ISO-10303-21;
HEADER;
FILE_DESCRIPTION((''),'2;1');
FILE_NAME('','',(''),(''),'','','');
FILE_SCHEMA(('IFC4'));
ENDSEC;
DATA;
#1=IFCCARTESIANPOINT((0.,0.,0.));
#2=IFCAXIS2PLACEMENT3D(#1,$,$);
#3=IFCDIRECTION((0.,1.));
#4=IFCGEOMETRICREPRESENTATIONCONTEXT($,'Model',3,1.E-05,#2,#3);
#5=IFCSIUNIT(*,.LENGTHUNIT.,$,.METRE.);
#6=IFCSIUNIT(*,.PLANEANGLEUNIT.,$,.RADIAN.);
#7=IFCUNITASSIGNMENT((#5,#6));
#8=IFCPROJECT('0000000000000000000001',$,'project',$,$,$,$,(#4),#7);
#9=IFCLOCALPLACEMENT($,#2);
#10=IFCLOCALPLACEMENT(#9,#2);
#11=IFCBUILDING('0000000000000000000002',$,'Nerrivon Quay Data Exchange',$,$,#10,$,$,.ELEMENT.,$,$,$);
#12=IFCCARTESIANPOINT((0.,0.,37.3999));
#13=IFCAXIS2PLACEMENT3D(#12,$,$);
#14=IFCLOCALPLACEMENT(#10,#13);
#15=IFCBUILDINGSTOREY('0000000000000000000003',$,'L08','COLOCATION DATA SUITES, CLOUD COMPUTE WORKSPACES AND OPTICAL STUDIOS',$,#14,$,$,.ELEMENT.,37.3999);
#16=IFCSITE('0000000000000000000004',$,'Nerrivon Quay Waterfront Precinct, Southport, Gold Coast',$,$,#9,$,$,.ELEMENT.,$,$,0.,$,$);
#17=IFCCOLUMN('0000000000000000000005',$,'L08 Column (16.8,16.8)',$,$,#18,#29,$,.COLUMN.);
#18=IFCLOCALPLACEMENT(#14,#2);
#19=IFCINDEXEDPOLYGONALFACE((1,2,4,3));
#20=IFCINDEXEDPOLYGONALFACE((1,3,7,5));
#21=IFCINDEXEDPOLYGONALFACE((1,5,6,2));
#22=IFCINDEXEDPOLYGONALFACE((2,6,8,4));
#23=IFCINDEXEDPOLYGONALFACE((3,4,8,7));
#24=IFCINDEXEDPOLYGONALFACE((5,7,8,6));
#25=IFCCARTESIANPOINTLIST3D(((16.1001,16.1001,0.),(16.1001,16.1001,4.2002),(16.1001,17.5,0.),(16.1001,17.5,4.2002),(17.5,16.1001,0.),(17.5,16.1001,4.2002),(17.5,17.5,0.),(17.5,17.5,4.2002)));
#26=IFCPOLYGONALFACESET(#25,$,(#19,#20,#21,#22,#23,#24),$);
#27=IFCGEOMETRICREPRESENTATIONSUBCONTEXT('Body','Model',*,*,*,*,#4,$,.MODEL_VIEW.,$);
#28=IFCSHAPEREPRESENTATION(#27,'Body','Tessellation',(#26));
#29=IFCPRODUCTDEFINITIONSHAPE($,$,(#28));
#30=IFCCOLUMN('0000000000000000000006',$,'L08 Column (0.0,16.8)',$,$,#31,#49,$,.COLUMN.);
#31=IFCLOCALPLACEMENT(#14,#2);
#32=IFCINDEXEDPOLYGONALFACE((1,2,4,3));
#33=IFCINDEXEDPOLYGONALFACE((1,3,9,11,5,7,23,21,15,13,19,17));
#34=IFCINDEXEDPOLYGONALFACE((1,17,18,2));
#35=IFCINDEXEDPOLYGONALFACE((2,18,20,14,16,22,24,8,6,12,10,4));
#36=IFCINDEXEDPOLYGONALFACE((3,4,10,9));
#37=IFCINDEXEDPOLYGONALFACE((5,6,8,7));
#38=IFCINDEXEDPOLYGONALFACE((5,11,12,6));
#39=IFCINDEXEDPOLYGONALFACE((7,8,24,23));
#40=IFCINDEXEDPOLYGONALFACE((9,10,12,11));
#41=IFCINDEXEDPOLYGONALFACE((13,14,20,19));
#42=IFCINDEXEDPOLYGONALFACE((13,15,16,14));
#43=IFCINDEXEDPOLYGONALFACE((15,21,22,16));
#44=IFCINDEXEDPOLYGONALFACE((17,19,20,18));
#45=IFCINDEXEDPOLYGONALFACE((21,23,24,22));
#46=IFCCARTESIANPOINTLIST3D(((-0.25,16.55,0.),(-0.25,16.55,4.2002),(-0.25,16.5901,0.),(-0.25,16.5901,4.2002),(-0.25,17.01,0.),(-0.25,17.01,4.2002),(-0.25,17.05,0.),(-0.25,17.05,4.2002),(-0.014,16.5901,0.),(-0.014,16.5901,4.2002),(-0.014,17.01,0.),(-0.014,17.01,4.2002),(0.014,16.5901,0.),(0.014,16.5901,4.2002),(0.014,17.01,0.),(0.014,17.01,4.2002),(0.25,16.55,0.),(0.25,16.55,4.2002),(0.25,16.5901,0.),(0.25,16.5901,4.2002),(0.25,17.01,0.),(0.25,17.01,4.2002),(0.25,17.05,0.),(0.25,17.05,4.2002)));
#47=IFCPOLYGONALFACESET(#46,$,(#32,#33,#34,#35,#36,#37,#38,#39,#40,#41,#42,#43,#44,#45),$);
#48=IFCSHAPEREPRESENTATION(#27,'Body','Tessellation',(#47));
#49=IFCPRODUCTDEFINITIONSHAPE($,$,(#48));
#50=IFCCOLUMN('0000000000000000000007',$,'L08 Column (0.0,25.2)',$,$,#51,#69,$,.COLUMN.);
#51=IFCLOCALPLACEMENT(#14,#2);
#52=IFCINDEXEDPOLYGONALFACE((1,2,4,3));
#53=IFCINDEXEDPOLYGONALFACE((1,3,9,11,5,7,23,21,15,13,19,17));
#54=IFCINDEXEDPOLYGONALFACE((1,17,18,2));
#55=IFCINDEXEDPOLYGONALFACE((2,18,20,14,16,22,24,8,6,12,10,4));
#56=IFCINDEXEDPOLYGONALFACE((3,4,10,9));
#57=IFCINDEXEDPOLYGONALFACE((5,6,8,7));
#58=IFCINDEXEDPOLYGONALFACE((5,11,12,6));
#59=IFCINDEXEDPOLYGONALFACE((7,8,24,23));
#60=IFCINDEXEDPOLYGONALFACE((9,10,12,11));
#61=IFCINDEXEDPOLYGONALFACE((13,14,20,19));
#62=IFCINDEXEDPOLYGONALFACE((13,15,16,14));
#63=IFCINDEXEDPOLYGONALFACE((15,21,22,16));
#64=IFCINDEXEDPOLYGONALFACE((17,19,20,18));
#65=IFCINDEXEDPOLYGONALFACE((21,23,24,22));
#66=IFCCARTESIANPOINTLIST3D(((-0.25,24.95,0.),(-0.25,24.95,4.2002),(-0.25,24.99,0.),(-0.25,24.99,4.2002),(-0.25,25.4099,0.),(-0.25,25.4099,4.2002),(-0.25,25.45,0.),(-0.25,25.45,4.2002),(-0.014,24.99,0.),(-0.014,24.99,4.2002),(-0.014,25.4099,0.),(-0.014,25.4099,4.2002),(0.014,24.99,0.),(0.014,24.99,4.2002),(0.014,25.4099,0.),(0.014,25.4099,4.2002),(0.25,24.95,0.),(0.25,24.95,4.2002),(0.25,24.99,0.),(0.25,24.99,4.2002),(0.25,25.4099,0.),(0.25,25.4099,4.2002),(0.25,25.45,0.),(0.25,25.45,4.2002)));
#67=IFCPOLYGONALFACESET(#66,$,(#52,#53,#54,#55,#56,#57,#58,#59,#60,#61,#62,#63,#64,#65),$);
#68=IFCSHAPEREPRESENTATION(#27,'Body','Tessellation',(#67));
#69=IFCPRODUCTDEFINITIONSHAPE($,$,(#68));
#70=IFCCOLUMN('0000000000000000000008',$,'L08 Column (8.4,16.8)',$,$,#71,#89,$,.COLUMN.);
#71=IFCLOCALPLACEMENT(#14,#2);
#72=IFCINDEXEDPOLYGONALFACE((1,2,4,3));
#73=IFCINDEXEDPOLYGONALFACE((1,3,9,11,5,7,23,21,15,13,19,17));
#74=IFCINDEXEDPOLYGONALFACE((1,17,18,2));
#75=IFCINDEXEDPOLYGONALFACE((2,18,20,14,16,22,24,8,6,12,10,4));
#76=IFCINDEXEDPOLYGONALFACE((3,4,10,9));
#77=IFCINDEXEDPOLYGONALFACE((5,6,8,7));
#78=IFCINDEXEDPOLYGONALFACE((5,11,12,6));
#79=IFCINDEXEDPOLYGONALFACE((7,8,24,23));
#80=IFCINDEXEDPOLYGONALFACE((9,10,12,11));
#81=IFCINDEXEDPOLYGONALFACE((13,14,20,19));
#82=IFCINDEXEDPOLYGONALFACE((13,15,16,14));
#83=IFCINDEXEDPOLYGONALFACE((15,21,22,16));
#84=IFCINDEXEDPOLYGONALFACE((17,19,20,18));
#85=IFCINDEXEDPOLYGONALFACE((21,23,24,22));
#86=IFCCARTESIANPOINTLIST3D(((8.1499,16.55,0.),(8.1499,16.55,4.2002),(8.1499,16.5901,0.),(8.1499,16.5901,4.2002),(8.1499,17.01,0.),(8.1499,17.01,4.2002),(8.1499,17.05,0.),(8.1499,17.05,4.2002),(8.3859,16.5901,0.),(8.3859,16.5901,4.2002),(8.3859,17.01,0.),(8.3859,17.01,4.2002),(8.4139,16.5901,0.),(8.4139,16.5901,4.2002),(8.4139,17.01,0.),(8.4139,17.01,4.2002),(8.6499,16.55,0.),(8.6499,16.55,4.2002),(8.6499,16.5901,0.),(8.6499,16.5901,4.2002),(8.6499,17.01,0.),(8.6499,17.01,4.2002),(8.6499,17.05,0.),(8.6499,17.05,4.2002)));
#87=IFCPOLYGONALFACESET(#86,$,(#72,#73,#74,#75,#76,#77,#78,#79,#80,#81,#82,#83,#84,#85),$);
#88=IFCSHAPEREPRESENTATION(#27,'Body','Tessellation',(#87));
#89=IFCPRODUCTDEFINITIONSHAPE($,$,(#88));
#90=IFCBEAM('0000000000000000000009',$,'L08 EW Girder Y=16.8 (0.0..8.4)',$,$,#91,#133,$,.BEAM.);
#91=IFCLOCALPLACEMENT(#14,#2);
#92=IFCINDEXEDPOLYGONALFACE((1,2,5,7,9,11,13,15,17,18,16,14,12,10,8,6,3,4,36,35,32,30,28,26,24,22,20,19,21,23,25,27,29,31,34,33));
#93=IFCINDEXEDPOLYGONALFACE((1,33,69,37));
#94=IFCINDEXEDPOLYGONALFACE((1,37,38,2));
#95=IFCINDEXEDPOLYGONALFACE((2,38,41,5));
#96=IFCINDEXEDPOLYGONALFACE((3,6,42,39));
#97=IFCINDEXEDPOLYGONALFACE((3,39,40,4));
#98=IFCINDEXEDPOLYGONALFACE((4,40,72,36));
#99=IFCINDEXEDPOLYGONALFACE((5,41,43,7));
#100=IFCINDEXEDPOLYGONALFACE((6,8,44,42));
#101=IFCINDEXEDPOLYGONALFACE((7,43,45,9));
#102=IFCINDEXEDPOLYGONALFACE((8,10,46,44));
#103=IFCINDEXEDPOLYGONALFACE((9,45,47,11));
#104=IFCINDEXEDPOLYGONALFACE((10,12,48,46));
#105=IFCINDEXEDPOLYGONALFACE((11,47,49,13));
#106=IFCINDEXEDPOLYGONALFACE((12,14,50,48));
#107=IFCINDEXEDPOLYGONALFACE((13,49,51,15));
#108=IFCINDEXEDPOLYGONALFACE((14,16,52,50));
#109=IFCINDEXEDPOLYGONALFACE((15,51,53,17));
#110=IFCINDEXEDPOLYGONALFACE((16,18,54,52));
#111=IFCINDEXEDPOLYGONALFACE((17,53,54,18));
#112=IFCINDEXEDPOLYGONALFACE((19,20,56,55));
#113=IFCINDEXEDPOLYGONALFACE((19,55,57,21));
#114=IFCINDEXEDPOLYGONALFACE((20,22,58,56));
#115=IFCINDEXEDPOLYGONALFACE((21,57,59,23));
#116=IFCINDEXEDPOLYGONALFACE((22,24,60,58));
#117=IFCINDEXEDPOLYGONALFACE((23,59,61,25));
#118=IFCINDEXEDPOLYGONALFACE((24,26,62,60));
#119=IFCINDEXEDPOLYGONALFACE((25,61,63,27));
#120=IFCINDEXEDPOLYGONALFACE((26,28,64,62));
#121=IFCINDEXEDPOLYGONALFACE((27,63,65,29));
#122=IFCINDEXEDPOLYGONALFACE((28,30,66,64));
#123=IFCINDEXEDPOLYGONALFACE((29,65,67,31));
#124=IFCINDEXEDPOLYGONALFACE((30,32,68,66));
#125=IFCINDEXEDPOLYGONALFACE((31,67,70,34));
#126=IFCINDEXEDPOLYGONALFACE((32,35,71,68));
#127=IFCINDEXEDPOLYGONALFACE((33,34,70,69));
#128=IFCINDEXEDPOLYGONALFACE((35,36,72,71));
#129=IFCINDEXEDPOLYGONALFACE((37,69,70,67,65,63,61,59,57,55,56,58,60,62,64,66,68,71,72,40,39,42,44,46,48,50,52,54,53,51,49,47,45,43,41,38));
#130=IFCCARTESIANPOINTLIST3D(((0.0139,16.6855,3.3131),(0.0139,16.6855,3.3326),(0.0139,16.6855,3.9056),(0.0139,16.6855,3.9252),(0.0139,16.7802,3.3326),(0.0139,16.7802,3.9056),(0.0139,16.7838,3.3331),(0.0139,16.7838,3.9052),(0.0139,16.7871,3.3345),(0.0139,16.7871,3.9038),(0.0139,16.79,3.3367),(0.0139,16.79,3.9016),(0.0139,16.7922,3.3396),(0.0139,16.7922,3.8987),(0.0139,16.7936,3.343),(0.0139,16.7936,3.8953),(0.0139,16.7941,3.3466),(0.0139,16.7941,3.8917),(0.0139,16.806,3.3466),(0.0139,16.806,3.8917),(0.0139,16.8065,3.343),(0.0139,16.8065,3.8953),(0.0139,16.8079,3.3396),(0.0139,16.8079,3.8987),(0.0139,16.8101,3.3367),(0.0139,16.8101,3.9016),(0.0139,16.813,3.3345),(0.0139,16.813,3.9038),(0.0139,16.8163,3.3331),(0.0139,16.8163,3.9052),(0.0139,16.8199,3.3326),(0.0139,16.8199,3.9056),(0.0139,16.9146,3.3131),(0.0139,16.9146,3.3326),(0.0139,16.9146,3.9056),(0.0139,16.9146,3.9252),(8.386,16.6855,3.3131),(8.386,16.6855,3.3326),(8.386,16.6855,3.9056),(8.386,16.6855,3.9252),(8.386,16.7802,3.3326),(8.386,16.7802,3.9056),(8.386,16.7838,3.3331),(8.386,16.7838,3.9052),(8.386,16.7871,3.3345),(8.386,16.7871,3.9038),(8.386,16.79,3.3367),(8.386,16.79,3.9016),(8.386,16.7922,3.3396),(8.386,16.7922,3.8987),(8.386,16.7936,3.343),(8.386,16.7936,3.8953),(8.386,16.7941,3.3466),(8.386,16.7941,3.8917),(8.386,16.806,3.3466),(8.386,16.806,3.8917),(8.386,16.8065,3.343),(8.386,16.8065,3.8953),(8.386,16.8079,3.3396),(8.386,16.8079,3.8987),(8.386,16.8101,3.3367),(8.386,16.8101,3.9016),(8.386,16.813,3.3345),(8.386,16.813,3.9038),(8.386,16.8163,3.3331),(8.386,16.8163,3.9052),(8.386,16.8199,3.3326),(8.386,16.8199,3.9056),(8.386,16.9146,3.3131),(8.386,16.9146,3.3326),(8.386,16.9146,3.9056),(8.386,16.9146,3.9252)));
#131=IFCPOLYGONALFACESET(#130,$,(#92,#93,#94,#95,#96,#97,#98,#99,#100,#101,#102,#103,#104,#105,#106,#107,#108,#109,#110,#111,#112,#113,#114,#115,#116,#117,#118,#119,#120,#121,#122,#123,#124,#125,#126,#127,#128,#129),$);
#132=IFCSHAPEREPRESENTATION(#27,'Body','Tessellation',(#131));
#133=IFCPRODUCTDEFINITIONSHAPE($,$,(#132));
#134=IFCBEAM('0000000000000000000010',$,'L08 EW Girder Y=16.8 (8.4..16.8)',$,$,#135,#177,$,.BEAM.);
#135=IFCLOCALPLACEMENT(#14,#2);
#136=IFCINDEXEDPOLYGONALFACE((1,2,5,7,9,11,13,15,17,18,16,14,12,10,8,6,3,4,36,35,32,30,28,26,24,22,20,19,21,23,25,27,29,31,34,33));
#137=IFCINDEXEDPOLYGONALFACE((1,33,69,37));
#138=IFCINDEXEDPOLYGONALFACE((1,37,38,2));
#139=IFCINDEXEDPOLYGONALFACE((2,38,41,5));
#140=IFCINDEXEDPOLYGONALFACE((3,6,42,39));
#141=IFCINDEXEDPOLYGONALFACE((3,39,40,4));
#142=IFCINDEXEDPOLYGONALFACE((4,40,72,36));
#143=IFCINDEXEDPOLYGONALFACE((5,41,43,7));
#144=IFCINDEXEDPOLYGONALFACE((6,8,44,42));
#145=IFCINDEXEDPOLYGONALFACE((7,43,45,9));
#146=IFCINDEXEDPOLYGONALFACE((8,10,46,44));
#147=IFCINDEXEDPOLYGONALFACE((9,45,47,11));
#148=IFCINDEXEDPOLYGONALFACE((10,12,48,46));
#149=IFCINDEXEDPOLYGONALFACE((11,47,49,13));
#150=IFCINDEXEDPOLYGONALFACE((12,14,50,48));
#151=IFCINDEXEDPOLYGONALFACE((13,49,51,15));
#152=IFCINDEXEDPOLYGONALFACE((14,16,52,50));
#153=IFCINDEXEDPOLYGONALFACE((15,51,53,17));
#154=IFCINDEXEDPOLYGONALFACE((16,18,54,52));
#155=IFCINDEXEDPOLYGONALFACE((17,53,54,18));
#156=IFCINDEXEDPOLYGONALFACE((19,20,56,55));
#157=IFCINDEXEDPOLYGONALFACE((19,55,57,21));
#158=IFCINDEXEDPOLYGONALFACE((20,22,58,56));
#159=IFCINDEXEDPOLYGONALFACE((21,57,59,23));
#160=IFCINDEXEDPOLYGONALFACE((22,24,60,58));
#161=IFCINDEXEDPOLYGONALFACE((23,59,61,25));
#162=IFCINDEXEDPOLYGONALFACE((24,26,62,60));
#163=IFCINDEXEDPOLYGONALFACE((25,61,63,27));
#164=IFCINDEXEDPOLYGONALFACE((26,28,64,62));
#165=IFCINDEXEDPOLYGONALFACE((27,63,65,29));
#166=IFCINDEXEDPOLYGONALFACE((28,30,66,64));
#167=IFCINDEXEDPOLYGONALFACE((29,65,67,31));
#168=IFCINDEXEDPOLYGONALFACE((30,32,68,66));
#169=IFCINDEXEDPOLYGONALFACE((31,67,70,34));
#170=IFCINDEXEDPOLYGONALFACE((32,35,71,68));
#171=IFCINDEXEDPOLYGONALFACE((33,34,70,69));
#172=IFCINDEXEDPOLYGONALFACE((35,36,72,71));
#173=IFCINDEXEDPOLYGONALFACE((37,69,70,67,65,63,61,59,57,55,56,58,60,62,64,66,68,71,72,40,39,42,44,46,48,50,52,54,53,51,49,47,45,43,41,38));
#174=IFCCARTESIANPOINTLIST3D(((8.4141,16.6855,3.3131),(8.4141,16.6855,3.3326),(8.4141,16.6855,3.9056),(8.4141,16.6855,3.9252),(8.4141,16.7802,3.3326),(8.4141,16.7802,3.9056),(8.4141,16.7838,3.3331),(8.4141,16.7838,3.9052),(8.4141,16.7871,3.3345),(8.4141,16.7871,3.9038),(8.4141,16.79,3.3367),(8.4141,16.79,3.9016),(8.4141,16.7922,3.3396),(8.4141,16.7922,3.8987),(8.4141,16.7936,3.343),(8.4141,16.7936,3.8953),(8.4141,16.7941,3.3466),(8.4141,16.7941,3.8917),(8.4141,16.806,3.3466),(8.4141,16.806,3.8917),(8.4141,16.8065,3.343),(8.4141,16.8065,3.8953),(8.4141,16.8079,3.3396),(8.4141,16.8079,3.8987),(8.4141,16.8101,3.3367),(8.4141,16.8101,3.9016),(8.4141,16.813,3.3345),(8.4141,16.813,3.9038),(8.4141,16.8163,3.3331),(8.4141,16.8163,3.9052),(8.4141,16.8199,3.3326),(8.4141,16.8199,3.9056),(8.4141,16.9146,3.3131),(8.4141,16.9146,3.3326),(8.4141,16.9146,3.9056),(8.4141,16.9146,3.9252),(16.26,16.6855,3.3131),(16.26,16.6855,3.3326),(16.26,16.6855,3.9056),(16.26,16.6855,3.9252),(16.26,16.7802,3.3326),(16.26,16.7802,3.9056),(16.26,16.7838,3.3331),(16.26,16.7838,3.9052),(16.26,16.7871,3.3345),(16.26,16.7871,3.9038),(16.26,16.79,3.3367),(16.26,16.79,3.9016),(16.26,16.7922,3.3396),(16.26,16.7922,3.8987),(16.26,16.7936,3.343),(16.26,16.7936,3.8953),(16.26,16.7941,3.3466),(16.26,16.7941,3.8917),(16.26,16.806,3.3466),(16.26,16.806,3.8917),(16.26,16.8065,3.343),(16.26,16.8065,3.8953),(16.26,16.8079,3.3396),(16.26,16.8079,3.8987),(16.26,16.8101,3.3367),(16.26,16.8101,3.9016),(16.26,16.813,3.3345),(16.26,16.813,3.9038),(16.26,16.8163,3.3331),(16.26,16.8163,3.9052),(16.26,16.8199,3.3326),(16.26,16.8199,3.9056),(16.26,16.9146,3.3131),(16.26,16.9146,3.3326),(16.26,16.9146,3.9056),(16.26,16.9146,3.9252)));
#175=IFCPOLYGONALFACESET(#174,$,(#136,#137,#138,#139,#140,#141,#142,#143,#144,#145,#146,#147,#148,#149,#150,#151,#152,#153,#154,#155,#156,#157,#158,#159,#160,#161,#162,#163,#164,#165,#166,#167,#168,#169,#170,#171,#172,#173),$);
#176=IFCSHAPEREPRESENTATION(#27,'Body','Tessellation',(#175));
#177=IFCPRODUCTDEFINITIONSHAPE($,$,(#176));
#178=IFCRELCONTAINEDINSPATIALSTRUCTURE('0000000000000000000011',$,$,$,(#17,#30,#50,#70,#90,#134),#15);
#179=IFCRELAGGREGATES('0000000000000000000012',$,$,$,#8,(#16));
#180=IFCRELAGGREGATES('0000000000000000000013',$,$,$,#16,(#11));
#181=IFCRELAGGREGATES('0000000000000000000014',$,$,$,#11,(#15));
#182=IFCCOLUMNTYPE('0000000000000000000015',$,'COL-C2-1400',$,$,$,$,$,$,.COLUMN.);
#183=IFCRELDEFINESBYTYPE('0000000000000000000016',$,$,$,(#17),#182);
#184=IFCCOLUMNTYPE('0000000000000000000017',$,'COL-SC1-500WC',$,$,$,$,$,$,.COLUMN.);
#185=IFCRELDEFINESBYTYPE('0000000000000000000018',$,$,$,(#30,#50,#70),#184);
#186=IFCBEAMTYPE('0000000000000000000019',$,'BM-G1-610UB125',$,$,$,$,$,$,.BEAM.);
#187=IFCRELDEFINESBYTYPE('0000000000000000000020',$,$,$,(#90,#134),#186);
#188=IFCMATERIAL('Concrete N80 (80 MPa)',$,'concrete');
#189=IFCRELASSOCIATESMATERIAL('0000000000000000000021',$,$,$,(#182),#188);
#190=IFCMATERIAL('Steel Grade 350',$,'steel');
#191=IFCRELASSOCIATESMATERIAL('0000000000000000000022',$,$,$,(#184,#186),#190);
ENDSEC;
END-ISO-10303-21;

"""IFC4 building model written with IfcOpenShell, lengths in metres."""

from ifc_helpers import new_model, si_unit, direction, frame, origin, origin_2d, place, context, subcontext, project, spatial, rectangle, i_section, extrude, material, material_profile, profile_set, type_object, element, save


model = new_model("IFC4")

# Units and contexts
model_context = context("Model", 3, precision=1e-05, world=origin(), true_north=direction((0.0, 1.0)))
body_context = subcontext(model_context, "Body", "Model", "MODEL_VIEW")
ifc_project = project(units=[si_unit("LENGTHUNIT", "METRE"), si_unit("PLANEANGLEUNIT", "RADIAN")], contexts=[model_context])

# Site, building, storey
site_placement = place(None, origin())
site = spatial("IfcSite", under=ifc_project, at=site_placement, Name="Nerrivon Quay Waterfront Precinct, Southport, Gold Coast", CompositionType="ELEMENT", RefElevation=0.0)
building_placement = place(site_placement, origin())
building = spatial("IfcBuilding", under=site, at=building_placement, Name="Nerrivon Quay Data Exchange", CompositionType="ELEMENT")
storey_placement = place(building_placement, frame((0.0, 0.0, 37.3999)))
storey = spatial("IfcBuildingStorey", under=building, at=storey_placement, Name="L08", Description="COLOCATION DATA SUITES, CLOUD COMPUTE WORKSPACES AND OPTICAL STUDIOS", CompositionType="ELEMENT", Elevation=37.3999)

# Columns
ifc_material_1 = material(Name="Concrete N80 (80 MPa)", Category="concrete")
ifc_material_profile_1 = material_profile(ifc_material_1, rectangle(XDim=1.3999, YDim=1.3999, at=origin_2d()), Name="RC-COL-1400x1400")
ifc_profile_set_1 = profile_set([ifc_material_profile_1], Name="Concrete N80 (80 MPa)")
column_type_1 = type_object("IfcColumnType", Name="COL-C2-1400", PredefinedType="COLUMN", material=ifc_profile_set_1)
column_placement = place(storey_placement, frame((16.8, 16.8, 0.0), z_axis=(0.0, 0.0, 1.0), x_axis=(1.0, 0.0, 0.0)))
element("IfcColumn", 1, at=column_placement, inside=storey, type_object=column_type_1, Name="L08 Column (16.8,16.8)", PredefinedType="COLUMN", context=body_context, shape_type="SweptSolid", body=[
    extrude(rectangle(XDim=1.3999, YDim=1.3999, at=origin_2d()), origin(), (0.0, 0.0, 1.0), 4.2002),
])
ifc_material_2 = material(Name="Steel Grade 350", Category="steel")
ifc_material_profile_2 = material_profile(ifc_material_2, i_section(OverallWidth=0.5, OverallDepth=0.5, WebThickness=0.0281, FlangeThickness=0.04, at=origin_2d()), Name="500WC440")
ifc_profile_set_2 = profile_set([ifc_material_profile_2], Name="Steel Grade 350")
column_type_2 = type_object("IfcColumnType", Name="COL-SC1-500WC", PredefinedType="COLUMN", material=ifc_profile_set_2)
for number, where, z_axis, x_axis, name in (
    (2, (0.0, 16.8, 0.0), (0.0, 0.0, 1.0), (1.0, 0.0, 0.0), "L08 Column (0.0,16.8)"),
    (3, (0.0, 25.2, 0.0), (0.0, 0.0, 1.0), (1.0, 0.0, 0.0), "L08 Column (0.0,25.2)"),
    (4, (8.3999, 16.8, 0.0), (0.0, 0.0, 1.0), (1.0, 0.0, 0.0), "L08 Column (8.4,16.8)"),
):
    element("IfcColumn", number, at=place(storey_placement, frame(where, z_axis=z_axis, x_axis=x_axis)), inside=storey, type_object=column_type_2, Name=name, PredefinedType="COLUMN", context=body_context, shape_type="SweptSolid", body=[
        extrude(i_section(OverallWidth=0.5, OverallDepth=0.5, WebThickness=0.0281, FlangeThickness=0.04, at=origin_2d()), origin(), (0.0, 0.0, 1.0), 4.2002),
    ])

# Beams
ifc_material_profile_3 = material_profile(ifc_material_2, i_section(OverallWidth=0.229, OverallDepth=0.6121, WebThickness=0.012, FlangeThickness=0.0195, FilletRadius=0.0139, at=origin_2d()), Name="610UB125")
ifc_profile_set_3 = profile_set([ifc_material_profile_3], Name="Steel Grade 350")
beam_type_1 = type_object("IfcBeamType", Name="BM-G1-610UB125", PredefinedType="BEAM", material=ifc_profile_set_3)
beam_1_placement = place(storey_placement, frame((0.0139, 16.8, 3.6191), z_axis=(1.0, 0.0, 0.0), x_axis=(0.0, 1.0, 0.0)))
element("IfcBeam", 5, at=beam_1_placement, inside=storey, type_object=beam_type_1, Name="L08 EW Girder Y=16.8 (0.0..8.4)", PredefinedType="BEAM", context=body_context, shape_type="SweptSolid", body=[
    extrude(i_section(OverallWidth=0.229, OverallDepth=0.6121, WebThickness=0.012, FlangeThickness=0.0195, FilletRadius=0.0139, at=origin_2d()), origin(), (0.0, 0.0, 1.0), 8.3721),
])
beam_2_placement = place(storey_placement, frame((8.4141, 16.8, 3.6191), z_axis=(1.0, 0.0, 0.0), x_axis=(0.0, 1.0, 0.0)))
element("IfcBeam", 6, at=beam_2_placement, inside=storey, type_object=beam_type_1, Name="L08 EW Girder Y=16.8 (8.4..16.8)", PredefinedType="BEAM", context=body_context, shape_type="SweptSolid", body=[
    extrude(i_section(OverallWidth=0.229, OverallDepth=0.6121, WebThickness=0.012, FlangeThickness=0.0195, FilletRadius=0.0139, at=origin_2d()), origin(), (0.0, 0.0, 1.0), 7.8459),
])

save(model, "model.ifc")
